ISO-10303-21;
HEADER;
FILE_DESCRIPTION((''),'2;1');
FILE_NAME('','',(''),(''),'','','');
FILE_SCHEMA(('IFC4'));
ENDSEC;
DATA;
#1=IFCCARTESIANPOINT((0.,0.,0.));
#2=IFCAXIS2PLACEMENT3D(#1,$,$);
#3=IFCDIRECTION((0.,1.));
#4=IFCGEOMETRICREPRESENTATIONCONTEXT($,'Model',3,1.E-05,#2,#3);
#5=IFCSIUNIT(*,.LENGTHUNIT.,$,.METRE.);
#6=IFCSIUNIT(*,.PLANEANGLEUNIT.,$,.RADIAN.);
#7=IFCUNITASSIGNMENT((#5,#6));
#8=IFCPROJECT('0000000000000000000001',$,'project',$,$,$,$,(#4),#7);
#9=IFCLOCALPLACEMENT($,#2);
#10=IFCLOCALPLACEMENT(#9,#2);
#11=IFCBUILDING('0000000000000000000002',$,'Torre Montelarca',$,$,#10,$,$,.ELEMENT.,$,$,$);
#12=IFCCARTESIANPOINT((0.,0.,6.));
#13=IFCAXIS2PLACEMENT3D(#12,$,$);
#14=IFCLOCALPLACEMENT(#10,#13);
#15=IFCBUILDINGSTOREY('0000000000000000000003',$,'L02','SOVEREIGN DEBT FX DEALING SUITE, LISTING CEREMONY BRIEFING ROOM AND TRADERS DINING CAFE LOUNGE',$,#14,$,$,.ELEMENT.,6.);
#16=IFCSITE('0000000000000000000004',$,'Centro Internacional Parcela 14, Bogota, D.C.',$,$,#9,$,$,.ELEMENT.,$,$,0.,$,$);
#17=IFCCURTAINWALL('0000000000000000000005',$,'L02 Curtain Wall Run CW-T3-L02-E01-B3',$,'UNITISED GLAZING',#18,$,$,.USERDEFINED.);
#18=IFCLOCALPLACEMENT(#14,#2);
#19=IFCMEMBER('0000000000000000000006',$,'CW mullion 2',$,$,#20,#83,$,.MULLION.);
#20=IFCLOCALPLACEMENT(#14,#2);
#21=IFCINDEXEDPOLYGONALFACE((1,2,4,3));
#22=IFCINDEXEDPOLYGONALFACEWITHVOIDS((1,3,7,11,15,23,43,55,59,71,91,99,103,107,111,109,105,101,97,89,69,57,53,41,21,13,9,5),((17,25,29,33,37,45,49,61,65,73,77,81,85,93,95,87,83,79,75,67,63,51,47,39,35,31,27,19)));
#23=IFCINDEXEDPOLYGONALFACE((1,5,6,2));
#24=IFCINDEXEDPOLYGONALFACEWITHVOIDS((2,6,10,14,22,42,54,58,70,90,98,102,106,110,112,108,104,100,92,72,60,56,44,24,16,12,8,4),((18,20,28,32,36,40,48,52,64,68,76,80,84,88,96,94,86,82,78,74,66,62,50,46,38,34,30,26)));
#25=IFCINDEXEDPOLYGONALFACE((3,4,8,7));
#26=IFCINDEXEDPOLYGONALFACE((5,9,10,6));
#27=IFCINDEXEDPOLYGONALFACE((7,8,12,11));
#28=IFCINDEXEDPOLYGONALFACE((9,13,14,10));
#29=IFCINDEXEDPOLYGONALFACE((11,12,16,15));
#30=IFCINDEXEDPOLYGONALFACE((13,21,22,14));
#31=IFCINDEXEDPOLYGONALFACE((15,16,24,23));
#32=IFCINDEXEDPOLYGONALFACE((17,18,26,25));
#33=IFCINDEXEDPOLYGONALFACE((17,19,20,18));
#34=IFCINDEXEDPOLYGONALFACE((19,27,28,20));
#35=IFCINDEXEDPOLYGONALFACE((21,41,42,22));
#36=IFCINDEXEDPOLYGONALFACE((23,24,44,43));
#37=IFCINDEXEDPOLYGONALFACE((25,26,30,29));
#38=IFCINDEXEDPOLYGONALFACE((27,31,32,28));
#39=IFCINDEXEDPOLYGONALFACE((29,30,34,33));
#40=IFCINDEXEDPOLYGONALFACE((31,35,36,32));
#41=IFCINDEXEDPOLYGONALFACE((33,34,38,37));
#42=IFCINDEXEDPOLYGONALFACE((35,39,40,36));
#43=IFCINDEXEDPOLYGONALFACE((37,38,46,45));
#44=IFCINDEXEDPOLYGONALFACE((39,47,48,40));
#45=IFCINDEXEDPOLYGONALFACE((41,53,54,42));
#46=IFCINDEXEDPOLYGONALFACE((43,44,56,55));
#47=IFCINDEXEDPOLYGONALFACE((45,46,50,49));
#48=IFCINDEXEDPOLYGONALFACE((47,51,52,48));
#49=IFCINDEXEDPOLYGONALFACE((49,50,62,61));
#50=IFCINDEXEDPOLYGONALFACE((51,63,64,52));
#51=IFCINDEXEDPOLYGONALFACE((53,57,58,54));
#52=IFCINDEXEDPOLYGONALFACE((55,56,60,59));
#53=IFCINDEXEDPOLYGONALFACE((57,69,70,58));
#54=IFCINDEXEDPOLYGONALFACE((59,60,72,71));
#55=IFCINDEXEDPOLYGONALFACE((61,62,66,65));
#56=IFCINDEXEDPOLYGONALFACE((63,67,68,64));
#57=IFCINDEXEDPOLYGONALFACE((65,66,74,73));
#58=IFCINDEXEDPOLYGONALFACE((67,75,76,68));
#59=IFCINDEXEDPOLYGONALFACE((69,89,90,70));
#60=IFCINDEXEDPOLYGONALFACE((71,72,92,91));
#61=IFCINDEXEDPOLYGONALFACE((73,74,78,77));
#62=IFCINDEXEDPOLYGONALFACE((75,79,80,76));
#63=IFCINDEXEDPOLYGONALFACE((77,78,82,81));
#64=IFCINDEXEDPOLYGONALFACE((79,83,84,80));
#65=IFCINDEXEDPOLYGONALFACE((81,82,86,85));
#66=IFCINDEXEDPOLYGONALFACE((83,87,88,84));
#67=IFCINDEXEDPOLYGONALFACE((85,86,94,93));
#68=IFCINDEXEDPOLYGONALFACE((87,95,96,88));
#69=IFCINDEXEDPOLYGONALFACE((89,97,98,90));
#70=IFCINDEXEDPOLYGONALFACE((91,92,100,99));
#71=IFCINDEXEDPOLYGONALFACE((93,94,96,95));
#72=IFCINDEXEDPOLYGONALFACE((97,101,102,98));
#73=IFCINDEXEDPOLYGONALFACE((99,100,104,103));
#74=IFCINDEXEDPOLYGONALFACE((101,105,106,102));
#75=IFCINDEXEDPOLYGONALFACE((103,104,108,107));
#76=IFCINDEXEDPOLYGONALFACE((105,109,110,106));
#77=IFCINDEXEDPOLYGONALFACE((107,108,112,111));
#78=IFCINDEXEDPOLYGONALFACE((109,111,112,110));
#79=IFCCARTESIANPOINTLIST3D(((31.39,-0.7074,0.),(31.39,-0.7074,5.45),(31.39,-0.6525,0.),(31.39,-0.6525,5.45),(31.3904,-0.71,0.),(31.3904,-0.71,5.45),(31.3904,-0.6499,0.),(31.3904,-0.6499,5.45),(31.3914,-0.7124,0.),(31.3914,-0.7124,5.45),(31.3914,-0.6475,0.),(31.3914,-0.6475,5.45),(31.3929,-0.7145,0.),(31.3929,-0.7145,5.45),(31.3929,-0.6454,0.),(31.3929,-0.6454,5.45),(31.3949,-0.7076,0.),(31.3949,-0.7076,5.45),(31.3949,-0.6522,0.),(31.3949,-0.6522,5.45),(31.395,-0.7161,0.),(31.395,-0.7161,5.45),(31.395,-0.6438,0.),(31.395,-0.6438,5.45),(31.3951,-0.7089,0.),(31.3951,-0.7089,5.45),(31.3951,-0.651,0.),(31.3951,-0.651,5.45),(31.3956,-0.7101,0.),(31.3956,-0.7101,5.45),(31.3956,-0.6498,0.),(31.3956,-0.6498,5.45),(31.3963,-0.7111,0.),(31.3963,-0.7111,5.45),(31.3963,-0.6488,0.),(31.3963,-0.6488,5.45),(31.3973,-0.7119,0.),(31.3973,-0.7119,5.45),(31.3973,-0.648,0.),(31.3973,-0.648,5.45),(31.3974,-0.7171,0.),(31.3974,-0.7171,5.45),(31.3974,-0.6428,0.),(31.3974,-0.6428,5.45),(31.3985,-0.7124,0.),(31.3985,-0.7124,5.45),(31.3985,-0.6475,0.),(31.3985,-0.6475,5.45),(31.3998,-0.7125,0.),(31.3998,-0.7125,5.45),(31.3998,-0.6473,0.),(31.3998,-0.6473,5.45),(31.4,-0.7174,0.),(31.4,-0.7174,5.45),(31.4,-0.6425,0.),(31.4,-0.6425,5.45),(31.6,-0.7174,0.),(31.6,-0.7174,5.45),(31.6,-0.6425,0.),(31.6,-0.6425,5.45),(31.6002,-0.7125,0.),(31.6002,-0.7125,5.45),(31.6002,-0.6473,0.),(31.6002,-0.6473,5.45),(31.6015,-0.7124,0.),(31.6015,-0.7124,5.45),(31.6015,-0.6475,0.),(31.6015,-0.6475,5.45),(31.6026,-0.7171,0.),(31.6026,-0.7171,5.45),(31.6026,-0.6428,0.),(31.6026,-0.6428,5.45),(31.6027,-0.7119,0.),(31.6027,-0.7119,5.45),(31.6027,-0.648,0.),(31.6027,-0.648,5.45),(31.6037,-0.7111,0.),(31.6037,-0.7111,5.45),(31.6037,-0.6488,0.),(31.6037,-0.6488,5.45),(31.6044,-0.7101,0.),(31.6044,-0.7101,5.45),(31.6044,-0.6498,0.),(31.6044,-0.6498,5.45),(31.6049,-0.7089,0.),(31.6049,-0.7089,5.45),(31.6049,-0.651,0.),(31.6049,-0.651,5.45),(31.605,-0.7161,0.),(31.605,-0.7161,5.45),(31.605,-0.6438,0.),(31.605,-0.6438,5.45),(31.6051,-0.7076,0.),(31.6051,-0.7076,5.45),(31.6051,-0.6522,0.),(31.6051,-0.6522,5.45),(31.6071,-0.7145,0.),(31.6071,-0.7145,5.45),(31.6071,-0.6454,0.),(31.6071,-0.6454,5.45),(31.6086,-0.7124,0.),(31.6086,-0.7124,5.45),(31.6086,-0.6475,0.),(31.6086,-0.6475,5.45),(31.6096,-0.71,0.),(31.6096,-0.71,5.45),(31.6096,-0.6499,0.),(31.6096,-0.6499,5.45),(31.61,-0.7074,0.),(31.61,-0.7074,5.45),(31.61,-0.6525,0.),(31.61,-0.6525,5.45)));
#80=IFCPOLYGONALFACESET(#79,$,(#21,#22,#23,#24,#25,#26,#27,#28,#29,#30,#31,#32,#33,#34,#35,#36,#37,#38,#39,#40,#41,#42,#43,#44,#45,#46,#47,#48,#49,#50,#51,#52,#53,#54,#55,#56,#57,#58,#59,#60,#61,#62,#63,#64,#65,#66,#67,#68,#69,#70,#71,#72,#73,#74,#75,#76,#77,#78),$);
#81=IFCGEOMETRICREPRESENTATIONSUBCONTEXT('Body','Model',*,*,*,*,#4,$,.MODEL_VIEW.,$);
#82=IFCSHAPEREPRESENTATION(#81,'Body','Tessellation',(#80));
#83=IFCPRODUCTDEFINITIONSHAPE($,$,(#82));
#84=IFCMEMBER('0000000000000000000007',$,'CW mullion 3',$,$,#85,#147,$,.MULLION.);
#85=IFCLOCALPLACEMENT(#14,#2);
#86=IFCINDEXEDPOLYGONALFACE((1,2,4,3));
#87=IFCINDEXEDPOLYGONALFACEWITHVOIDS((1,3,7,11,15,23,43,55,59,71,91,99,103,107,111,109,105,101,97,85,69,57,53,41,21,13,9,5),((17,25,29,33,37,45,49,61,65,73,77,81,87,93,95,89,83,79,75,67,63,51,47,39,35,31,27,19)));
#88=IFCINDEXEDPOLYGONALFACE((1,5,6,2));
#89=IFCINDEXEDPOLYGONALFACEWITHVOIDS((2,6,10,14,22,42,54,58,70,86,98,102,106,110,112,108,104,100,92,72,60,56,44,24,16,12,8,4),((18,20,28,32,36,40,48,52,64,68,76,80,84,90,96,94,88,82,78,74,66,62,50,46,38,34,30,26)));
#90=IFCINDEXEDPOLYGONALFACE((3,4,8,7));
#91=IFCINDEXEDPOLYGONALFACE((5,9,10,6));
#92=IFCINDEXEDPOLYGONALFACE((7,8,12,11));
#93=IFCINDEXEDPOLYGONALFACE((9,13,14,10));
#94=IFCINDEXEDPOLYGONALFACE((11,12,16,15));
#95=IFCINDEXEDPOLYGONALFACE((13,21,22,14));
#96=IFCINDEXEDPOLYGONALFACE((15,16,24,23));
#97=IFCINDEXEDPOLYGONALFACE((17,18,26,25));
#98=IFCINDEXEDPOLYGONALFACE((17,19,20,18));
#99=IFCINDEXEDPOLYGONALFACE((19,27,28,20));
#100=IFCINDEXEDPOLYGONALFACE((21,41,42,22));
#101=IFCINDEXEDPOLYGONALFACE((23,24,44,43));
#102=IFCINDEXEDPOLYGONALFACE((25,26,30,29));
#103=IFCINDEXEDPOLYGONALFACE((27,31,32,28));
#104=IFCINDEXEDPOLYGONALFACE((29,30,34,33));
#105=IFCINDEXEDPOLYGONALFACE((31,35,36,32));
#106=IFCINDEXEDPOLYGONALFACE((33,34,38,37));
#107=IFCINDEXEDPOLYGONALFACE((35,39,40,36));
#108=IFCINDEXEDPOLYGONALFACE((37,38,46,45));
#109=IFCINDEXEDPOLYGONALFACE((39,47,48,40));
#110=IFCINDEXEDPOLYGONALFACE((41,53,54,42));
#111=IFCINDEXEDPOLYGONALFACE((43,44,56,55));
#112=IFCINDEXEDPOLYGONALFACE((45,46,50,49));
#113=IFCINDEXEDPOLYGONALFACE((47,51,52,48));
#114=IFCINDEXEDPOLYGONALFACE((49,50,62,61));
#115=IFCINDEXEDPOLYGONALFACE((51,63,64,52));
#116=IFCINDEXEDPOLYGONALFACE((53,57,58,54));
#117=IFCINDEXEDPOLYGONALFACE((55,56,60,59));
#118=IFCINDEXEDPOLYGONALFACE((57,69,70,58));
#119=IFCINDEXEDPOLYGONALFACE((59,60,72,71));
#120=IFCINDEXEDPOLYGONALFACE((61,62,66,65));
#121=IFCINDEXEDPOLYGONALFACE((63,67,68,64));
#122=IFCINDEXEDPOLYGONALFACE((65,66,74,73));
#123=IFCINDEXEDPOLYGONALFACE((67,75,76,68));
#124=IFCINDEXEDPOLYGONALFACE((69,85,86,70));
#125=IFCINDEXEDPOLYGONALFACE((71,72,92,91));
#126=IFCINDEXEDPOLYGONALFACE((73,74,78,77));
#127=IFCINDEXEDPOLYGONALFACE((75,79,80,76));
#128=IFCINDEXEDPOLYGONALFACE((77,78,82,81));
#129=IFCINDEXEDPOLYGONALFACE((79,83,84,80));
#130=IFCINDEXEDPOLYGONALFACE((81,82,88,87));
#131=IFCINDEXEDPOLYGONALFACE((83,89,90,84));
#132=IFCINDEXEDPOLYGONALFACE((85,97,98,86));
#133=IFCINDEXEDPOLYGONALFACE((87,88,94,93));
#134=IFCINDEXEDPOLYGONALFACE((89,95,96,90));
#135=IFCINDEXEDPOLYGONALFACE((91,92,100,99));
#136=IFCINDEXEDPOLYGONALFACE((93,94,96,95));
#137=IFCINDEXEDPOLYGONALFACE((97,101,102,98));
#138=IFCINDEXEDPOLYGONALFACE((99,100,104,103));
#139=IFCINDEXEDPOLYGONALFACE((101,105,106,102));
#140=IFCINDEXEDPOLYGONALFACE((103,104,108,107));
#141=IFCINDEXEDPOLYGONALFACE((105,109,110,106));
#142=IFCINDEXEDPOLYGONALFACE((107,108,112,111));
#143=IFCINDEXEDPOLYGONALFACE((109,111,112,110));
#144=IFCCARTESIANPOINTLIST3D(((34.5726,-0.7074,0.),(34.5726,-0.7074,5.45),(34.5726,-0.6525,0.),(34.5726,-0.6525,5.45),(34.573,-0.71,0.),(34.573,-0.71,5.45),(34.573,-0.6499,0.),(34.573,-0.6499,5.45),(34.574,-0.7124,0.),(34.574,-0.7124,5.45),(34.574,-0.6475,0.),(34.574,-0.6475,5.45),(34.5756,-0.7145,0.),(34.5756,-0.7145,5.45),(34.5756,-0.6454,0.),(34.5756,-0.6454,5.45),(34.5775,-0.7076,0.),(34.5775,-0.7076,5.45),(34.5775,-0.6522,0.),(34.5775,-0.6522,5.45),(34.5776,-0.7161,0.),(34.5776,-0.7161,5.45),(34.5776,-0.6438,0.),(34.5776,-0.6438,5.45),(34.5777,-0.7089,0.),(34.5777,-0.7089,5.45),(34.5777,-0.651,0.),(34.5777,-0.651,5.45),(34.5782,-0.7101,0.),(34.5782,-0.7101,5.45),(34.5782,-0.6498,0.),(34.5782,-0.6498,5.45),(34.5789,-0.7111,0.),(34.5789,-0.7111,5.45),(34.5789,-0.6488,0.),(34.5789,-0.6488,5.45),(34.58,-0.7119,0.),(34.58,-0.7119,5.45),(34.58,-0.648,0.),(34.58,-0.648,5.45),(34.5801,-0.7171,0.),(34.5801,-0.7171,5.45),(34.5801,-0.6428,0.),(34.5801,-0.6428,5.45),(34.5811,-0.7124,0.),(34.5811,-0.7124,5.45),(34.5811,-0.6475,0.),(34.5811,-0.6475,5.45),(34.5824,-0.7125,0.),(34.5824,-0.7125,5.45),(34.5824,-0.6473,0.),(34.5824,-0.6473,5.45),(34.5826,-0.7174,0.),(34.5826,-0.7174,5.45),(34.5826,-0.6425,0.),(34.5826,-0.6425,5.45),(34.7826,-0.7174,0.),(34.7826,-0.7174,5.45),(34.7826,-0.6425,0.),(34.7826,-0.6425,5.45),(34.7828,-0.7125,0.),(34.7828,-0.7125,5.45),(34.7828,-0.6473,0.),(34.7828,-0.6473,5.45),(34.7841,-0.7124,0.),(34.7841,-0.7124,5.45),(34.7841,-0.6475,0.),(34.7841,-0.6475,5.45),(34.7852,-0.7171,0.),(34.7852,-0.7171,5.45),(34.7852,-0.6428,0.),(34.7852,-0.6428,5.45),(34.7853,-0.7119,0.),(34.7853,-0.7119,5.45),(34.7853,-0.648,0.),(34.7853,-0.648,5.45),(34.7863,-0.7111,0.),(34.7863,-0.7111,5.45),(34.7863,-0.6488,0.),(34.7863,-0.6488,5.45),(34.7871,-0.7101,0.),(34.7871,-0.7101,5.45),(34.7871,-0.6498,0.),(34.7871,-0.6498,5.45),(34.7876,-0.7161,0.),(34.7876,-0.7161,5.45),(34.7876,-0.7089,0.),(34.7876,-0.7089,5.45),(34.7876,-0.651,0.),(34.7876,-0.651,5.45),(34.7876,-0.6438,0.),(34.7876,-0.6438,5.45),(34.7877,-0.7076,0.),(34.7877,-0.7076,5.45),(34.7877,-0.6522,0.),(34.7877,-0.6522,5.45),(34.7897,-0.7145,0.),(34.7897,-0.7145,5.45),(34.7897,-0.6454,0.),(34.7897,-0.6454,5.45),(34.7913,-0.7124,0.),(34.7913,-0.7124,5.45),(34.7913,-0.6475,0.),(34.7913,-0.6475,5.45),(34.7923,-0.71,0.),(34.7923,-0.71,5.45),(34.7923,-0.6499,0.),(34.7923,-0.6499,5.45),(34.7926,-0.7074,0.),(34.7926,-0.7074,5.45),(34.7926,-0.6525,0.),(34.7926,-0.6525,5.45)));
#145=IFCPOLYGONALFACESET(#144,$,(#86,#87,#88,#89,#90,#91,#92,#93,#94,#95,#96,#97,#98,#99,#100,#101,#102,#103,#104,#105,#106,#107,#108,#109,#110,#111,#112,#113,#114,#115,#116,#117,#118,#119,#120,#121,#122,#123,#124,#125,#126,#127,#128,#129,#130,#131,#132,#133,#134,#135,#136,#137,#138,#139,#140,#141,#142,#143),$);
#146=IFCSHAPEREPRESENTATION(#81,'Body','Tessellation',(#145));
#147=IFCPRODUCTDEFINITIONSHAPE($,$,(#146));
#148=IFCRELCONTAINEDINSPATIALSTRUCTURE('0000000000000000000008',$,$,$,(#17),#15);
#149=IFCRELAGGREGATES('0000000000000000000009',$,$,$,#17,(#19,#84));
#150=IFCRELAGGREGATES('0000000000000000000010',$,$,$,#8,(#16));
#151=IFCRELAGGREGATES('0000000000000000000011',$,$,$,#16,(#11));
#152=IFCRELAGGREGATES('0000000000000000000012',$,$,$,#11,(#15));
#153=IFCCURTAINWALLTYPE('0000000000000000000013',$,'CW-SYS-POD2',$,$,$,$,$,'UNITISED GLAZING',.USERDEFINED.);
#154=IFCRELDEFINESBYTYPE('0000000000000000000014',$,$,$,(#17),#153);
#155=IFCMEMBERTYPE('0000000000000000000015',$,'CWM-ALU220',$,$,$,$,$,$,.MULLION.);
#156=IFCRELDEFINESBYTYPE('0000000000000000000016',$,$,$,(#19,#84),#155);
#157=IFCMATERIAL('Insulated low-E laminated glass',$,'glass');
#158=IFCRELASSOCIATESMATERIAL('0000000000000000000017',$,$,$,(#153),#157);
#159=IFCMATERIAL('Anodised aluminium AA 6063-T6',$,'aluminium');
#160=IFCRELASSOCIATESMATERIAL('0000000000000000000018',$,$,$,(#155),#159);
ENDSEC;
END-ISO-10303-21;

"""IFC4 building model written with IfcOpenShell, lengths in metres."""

from ifc_helpers import new_model, si_unit, direction, frame, origin, origin_2d, place, context, subcontext, project, spatial, hollow_rectangle, extrude, source, transform, mapped, material, material_profile, profile_set, type_object, element, aggregate, save


model = new_model("IFC4")

# Units and contexts
model_context = context("Model", 3, precision=1e-05, world=origin(), true_north=direction((0.0, 1.0)))
body_context = subcontext(model_context, "Body", "Model", "MODEL_VIEW")
ifc_project = project(units=[si_unit("LENGTHUNIT", "METRE"), si_unit("PLANEANGLEUNIT", "RADIAN")], contexts=[model_context])

# Site, building, storey
site_placement = place(None, origin())
site = spatial("IfcSite", under=ifc_project, at=site_placement, Name="Centro Internacional Parcela 14, Bogota, D.C.", CompositionType="ELEMENT", RefElevation=0.0)
building_placement = place(site_placement, origin())
building = spatial("IfcBuilding", under=site, at=building_placement, Name="Torre Montelarca", CompositionType="ELEMENT")
storey_placement = place(building_placement, frame((0.0, 0.0, 6.0)))
storey = spatial("IfcBuildingStorey", under=building, at=storey_placement, Name="L02", Description="SOVEREIGN DEBT FX DEALING SUITE, LISTING CEREMONY BRIEFING ROOM AND TRADERS DINING CAFE LOUNGE", CompositionType="ELEMENT", Elevation=6.0)

# Curtain wall, members
ifc_material_1 = material(Name="Insulated low-E laminated glass", Category="glass")
curtain_wall_type = type_object("IfcCurtainWallType", Name="CW-SYS-POD2", ElementType="UNITISED GLAZING", PredefinedType="USERDEFINED", material=ifc_material_1)
curtain_wall_placement = place(storey_placement, origin())
curtain_wall = element("IfcCurtainWall", 1, at=curtain_wall_placement, inside=storey, type_object=curtain_wall_type, Name="L02 Curtain Wall Run CW-T3-L02-E01-B3", ObjectType="UNITISED GLAZING", PredefinedType="USERDEFINED")
ifc_material_2 = material(Name="Anodised aluminium AA 6063-T6", Category="aluminium")
ifc_material_profile_1 = material_profile(ifc_material_2, hollow_rectangle(XDim=0.075, YDim=0.22, WallThickness=0.0049, InnerFilletRadius=0.0049, OuterFilletRadius=0.01, at=origin_2d()), Name="ALU75X220X5", Category="aluminium")
ifc_profile_set_1 = profile_set([ifc_material_profile_1], Name="Anodised aluminium AA 6063-T6")
member_type_1 = type_object("IfcMemberType", Name="CWM-ALU220", PredefinedType="MULLION", material=ifc_profile_set_1)
shared_shape_1 = source(origin(), body_context, "Body", "SweptSolid", [
    extrude(hollow_rectangle(XDim=0.075, YDim=0.22, WallThickness=0.0049, InnerFilletRadius=0.0049, OuterFilletRadius=0.01, at=origin_2d()), origin(), (0.0, 0.0, 1.0), 5.45),
])
member_1_placement = place(storey_placement, frame((31.5, -0.6799, 0.0), z_axis=(0.0, 0.0, 1.0), x_axis=(0.0, 1.0, 0.0)))
member_1 = element("IfcMember", 2, at=member_1_placement, type_object=member_type_1, Name="CW mullion 2", PredefinedType="MULLION", context=body_context, shape_type="MappedRepresentation", body=[
    mapped(shared_shape_1, transform((0.0, 0.0, 0.0), scale=1.0)),
])
member_2_placement = place(storey_placement, frame((34.6826, -0.6799, 0.0), z_axis=(0.0, 0.0, 1.0), x_axis=(0.0, 1.0, 0.0)))
member_2 = element("IfcMember", 3, at=member_2_placement, type_object=member_type_1, Name="CW mullion 3", PredefinedType="MULLION", context=body_context, shape_type="MappedRepresentation", body=[
    mapped(shared_shape_1, transform((0.0, 0.0, 0.0), scale=1.0)),
])
aggregate(curtain_wall, [member_1, member_2])

save(model, "model.ifc")
